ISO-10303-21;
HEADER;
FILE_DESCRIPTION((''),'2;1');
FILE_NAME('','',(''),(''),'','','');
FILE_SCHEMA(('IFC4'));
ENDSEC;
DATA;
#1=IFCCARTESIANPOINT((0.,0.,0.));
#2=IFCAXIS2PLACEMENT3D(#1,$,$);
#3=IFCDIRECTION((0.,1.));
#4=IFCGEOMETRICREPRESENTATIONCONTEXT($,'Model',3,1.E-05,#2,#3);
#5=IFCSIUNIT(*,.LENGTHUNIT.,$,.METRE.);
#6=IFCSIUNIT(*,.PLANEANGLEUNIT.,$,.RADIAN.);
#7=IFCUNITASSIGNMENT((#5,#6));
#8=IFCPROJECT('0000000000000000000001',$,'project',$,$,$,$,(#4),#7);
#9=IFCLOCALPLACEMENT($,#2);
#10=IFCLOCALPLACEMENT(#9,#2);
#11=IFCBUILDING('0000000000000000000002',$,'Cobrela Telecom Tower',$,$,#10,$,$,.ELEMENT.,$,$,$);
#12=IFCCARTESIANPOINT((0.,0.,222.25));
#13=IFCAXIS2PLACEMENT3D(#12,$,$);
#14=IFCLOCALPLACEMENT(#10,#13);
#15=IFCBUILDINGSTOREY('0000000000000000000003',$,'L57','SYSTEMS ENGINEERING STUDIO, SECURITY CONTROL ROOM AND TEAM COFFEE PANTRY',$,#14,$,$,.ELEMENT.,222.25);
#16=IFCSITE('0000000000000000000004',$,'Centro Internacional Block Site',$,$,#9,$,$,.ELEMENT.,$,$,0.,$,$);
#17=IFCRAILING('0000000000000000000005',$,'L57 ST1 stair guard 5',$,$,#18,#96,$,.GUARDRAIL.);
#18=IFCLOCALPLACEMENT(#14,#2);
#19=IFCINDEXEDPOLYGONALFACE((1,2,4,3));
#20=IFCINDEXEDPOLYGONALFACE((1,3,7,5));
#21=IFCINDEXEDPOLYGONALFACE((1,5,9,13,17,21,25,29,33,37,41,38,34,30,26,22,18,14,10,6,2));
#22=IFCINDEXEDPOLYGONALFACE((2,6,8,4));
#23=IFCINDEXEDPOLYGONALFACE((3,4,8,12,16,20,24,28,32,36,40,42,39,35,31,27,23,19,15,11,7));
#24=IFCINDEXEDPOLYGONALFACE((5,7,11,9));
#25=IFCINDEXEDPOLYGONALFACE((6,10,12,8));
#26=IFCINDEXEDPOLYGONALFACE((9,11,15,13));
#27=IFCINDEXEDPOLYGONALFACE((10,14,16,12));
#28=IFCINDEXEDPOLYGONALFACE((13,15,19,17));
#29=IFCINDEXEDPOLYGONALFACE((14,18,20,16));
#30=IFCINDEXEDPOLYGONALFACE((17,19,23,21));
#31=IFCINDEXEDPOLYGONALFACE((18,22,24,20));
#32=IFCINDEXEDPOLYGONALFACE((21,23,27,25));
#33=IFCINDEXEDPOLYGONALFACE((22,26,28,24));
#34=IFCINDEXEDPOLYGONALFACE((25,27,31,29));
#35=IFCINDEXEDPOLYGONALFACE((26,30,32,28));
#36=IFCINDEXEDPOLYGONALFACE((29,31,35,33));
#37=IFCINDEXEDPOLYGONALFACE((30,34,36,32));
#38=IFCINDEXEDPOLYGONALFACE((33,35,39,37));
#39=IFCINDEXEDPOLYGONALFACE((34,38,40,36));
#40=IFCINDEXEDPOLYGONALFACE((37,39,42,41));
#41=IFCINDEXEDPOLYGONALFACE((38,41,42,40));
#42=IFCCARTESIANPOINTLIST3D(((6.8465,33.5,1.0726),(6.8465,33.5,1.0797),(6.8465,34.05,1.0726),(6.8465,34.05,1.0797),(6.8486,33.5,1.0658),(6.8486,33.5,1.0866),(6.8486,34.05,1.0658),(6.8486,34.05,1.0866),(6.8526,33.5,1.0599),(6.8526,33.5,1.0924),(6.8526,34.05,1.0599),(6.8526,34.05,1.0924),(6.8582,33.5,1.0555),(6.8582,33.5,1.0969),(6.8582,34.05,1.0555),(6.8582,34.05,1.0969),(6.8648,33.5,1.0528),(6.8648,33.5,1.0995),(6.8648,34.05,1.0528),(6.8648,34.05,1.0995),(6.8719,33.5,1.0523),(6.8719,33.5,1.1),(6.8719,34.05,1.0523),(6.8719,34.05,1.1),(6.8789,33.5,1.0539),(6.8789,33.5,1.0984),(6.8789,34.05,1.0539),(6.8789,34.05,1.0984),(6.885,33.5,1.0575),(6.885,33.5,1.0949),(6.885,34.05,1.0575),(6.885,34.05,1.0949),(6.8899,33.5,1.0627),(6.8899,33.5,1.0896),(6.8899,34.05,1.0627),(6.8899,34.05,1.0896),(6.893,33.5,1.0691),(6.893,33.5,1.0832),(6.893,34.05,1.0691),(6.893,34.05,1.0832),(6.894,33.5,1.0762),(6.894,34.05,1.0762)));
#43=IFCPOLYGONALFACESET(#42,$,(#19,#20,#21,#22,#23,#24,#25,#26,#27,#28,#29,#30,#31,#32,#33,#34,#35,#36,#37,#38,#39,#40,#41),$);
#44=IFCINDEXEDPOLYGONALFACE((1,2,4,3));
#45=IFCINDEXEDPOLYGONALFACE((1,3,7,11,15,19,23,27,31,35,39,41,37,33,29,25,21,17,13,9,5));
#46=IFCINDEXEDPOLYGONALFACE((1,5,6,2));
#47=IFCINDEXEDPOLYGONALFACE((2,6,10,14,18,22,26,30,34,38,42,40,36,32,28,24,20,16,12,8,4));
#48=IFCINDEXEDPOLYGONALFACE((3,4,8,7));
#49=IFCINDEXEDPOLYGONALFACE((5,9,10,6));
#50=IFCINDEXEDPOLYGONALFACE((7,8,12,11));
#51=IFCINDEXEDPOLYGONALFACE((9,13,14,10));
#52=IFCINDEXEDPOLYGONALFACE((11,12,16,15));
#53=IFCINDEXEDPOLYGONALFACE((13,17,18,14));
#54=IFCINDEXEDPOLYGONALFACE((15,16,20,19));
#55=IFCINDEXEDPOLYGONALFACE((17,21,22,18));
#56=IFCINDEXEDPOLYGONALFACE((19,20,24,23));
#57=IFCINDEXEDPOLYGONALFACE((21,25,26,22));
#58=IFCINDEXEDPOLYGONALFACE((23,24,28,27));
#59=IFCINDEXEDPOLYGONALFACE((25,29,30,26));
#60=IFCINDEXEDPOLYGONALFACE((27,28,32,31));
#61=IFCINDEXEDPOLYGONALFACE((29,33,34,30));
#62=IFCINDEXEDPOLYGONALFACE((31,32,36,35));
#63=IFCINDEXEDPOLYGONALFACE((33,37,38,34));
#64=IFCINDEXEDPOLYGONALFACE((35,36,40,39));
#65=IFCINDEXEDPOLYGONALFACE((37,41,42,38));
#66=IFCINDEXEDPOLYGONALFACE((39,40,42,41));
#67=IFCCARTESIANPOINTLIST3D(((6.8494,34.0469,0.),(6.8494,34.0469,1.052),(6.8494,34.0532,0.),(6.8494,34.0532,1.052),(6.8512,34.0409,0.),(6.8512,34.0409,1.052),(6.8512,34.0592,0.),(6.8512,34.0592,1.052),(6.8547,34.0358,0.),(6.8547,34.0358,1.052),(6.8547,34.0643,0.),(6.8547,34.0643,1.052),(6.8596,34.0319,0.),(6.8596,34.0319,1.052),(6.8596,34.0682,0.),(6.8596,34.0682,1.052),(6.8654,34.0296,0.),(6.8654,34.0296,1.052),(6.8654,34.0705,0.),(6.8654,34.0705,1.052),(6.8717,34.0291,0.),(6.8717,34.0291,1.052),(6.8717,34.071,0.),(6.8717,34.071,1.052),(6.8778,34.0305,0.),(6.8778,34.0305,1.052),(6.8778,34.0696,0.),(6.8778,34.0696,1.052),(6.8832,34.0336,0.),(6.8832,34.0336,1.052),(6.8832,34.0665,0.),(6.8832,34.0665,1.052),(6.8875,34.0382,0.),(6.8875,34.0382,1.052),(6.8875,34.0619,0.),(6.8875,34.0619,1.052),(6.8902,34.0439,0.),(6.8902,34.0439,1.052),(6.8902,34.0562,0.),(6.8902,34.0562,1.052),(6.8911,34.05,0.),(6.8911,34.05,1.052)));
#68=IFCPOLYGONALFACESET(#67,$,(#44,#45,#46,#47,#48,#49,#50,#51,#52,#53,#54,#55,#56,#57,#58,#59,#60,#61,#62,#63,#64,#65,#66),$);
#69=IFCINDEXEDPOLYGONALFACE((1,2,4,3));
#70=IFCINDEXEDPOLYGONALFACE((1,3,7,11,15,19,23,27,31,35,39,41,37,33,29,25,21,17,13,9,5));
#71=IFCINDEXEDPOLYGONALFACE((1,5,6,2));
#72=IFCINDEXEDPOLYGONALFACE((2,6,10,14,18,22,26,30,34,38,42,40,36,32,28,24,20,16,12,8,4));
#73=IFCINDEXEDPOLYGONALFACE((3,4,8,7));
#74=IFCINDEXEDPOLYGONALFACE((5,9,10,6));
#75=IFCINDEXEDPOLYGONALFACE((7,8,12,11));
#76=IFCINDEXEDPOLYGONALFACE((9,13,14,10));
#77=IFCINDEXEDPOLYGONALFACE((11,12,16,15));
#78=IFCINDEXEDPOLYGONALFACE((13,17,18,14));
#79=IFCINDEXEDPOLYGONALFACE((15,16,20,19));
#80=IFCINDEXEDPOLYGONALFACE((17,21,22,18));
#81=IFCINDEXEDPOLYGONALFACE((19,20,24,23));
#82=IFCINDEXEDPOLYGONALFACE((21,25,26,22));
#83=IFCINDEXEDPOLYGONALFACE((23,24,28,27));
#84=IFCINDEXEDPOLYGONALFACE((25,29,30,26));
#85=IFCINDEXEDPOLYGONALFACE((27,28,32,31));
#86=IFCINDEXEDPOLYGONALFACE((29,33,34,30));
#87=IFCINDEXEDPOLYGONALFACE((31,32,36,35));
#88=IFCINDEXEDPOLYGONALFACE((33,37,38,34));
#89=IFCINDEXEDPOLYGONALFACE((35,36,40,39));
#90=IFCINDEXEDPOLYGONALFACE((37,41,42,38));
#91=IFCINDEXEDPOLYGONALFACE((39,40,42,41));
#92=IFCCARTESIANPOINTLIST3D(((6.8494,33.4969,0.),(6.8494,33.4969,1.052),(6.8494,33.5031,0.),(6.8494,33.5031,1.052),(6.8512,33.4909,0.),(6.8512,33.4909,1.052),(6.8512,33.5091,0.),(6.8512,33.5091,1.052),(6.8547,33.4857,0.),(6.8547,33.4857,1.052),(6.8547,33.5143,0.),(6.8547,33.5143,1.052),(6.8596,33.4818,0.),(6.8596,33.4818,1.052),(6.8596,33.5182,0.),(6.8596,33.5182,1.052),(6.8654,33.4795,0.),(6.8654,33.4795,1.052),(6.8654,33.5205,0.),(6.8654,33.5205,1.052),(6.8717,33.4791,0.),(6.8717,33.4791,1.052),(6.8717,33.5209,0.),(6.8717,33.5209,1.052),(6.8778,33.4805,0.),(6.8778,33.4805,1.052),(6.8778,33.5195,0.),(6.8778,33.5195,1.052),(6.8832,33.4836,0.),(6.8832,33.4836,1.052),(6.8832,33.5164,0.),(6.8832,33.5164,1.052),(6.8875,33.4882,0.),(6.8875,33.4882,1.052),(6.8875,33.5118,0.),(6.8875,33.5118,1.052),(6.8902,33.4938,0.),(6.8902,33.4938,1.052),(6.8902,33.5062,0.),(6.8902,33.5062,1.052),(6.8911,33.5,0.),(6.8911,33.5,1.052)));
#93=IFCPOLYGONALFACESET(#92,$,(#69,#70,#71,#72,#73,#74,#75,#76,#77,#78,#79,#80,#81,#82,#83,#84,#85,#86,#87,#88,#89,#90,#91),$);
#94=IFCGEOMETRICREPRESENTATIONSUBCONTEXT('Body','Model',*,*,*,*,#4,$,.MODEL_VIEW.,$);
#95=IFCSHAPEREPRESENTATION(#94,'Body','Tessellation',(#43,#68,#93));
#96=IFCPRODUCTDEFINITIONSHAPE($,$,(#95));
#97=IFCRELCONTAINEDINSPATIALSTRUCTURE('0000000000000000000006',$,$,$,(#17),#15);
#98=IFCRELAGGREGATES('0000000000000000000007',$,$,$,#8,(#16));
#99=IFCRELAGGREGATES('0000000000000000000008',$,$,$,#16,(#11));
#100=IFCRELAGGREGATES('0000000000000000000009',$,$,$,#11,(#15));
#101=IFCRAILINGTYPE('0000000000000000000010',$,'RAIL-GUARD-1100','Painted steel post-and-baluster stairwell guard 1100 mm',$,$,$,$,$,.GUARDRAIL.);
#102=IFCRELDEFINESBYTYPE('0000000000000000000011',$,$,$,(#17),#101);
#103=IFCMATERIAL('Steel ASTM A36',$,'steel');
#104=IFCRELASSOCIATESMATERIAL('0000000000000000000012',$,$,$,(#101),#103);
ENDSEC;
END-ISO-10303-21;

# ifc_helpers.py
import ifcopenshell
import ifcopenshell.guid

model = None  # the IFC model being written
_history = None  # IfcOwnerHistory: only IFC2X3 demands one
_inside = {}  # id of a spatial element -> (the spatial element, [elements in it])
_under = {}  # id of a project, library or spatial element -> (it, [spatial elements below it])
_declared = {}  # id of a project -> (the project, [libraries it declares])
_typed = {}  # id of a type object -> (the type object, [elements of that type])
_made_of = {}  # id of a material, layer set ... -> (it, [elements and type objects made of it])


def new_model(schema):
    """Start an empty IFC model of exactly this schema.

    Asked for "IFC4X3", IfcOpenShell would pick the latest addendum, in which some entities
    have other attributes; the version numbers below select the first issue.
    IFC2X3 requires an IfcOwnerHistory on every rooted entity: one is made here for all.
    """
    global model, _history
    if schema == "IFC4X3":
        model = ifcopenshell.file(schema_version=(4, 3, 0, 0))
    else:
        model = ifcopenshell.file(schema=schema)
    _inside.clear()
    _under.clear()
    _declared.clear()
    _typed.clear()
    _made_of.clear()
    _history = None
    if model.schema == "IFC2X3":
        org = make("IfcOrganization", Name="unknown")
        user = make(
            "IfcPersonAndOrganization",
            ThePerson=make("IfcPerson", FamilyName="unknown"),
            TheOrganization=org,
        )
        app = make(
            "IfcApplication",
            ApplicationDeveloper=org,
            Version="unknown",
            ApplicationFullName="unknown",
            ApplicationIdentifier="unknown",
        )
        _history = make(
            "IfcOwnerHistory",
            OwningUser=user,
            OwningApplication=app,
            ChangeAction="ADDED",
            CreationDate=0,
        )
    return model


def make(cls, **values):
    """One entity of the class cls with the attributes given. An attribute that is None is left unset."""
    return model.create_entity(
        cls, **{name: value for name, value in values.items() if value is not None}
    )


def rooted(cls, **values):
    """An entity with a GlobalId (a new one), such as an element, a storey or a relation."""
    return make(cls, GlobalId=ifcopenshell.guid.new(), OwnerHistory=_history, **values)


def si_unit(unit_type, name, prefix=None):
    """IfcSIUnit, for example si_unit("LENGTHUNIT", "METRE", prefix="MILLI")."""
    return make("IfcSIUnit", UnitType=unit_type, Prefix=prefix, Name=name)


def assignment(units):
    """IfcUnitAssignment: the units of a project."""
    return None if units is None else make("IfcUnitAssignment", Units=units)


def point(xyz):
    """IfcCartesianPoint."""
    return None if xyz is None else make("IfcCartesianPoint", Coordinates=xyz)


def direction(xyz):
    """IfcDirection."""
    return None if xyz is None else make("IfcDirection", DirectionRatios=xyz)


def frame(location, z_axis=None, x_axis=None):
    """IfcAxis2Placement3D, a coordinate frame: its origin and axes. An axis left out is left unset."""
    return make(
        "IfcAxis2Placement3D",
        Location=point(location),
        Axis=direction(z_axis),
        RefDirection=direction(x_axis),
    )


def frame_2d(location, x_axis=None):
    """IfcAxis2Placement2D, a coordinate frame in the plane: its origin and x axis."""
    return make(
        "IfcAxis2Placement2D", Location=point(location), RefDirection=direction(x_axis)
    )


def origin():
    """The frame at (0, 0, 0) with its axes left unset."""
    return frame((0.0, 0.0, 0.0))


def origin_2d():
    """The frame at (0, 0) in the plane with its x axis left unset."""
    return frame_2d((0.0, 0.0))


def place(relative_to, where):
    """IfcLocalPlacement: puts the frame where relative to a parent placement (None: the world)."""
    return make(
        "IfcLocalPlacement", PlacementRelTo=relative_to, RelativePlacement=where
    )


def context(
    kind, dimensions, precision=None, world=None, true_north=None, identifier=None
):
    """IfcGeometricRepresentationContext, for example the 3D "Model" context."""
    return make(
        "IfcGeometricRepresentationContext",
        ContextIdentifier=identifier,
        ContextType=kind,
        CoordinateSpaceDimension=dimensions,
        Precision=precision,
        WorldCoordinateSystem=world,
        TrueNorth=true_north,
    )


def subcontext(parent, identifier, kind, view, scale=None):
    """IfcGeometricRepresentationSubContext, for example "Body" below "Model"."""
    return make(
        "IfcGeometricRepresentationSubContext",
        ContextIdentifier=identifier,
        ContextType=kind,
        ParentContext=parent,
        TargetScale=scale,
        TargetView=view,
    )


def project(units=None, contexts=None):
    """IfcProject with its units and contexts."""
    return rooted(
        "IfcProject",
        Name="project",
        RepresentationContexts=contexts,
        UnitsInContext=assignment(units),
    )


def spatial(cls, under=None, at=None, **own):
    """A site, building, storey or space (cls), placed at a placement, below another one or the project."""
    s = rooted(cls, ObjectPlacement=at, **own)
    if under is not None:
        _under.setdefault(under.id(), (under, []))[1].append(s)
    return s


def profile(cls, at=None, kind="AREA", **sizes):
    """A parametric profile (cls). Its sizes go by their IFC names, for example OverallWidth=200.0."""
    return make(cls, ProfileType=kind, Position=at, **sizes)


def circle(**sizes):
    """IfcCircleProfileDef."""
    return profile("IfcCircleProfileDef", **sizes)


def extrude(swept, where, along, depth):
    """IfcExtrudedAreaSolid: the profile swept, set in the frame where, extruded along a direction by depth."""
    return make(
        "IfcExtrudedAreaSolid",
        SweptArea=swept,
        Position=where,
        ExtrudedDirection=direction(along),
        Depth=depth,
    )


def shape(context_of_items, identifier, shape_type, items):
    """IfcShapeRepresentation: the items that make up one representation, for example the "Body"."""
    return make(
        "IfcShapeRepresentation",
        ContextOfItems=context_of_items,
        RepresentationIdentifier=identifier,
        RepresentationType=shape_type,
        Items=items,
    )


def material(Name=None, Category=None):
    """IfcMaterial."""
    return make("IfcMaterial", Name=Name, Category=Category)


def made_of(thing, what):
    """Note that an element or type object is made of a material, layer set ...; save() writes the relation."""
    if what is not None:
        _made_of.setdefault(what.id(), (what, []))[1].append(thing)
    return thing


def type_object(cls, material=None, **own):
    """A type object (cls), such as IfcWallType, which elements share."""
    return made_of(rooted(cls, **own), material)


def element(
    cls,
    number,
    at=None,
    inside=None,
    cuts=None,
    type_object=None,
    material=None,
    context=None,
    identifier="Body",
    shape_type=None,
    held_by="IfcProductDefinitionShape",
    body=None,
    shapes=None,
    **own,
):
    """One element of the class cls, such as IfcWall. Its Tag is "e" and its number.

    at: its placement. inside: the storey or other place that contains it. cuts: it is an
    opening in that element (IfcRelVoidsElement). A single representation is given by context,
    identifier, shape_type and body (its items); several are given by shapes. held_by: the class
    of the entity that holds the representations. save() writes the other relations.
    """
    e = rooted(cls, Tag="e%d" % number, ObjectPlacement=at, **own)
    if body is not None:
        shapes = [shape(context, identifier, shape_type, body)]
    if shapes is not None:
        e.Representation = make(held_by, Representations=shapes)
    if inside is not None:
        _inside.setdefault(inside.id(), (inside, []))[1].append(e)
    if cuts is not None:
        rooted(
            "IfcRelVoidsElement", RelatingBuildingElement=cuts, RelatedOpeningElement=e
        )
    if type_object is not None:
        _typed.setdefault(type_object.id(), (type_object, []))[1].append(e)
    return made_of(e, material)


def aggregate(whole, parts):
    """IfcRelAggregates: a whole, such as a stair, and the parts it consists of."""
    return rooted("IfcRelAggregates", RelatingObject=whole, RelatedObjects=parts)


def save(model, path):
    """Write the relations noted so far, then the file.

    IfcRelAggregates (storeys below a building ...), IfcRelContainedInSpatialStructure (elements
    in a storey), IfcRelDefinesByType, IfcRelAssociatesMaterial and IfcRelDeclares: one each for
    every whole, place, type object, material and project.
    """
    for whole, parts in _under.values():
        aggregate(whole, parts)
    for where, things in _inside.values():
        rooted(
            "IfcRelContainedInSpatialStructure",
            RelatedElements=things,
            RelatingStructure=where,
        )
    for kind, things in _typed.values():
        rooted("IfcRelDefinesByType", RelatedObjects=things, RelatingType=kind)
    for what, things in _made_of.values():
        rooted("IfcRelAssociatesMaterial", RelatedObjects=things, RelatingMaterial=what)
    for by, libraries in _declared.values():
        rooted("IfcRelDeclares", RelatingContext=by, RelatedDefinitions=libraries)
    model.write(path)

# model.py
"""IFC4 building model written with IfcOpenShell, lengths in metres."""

from ifc_helpers import new_model, si_unit, direction, frame, origin, origin_2d, place, context, subcontext, project, spatial, circle, extrude, material, type_object, element, save


model = new_model("IFC4")

# Units and contexts
model_context = context("Model", 3, precision=1e-05, world=origin(), true_north=direction((0.0, 1.0)))
body_context = subcontext(model_context, "Body", "Model", "MODEL_VIEW")
ifc_project = project(units=[si_unit("LENGTHUNIT", "METRE"), si_unit("PLANEANGLEUNIT", "RADIAN")], contexts=[model_context])

# Site, building, storey
site_placement = place(None, origin())
site = spatial("IfcSite", under=ifc_project, at=site_placement, Name="Centro Internacional Block Site", CompositionType="ELEMENT", RefElevation=0.0)
building_placement = place(site_placement, origin())
building = spatial("IfcBuilding", under=site, at=building_placement, Name="Cobrela Telecom Tower", CompositionType="ELEMENT")
storey_placement = place(building_placement, frame((0.0, 0.0, 222.25)))
storey = spatial("IfcBuildingStorey", under=building, at=storey_placement, Name="L57", Description="SYSTEMS ENGINEERING STUDIO, SECURITY CONTROL ROOM AND TEAM COFFEE PANTRY", CompositionType="ELEMENT", Elevation=222.25)

# Shared definitions
ifc_material_1 = material(Name="Steel ASTM A36", Category="steel")

# Railing
railing_type_1 = type_object("IfcRailingType", Name="RAIL-GUARD-1100", Description="Painted steel post-and-baluster stairwell guard 1100 mm", PredefinedType="GUARDRAIL", material=ifc_material_1)
railing_1_placement = place(storey_placement, frame((6.8701, 34.05, 0.0)))
element("IfcRailing", 1, at=railing_1_placement, inside=storey, type_object=railing_type_1, Name="L57 ST1 stair guard 5", PredefinedType="GUARDRAIL", context=body_context, shape_type="SweptSolid", body=[
    extrude(circle(Radius=0.0239, at=origin_2d()), frame((0.0, 0.0, 1.0762), z_axis=(0.0, -1.0, 0.0), x_axis=(1.0, 0.0, 0.0)), (0.0, 0.0, 1.0), 0.55),
    extrude(circle(Radius=0.021, at=origin_2d()), origin(), (0.0, 0.0, 1.0), 1.052),
    extrude(circle(Radius=0.021, at=origin_2d()), frame((0.0, -0.55, 0.0)), (0.0, 0.0, 1.0), 1.052),
])

save(model, "model.ifc")
